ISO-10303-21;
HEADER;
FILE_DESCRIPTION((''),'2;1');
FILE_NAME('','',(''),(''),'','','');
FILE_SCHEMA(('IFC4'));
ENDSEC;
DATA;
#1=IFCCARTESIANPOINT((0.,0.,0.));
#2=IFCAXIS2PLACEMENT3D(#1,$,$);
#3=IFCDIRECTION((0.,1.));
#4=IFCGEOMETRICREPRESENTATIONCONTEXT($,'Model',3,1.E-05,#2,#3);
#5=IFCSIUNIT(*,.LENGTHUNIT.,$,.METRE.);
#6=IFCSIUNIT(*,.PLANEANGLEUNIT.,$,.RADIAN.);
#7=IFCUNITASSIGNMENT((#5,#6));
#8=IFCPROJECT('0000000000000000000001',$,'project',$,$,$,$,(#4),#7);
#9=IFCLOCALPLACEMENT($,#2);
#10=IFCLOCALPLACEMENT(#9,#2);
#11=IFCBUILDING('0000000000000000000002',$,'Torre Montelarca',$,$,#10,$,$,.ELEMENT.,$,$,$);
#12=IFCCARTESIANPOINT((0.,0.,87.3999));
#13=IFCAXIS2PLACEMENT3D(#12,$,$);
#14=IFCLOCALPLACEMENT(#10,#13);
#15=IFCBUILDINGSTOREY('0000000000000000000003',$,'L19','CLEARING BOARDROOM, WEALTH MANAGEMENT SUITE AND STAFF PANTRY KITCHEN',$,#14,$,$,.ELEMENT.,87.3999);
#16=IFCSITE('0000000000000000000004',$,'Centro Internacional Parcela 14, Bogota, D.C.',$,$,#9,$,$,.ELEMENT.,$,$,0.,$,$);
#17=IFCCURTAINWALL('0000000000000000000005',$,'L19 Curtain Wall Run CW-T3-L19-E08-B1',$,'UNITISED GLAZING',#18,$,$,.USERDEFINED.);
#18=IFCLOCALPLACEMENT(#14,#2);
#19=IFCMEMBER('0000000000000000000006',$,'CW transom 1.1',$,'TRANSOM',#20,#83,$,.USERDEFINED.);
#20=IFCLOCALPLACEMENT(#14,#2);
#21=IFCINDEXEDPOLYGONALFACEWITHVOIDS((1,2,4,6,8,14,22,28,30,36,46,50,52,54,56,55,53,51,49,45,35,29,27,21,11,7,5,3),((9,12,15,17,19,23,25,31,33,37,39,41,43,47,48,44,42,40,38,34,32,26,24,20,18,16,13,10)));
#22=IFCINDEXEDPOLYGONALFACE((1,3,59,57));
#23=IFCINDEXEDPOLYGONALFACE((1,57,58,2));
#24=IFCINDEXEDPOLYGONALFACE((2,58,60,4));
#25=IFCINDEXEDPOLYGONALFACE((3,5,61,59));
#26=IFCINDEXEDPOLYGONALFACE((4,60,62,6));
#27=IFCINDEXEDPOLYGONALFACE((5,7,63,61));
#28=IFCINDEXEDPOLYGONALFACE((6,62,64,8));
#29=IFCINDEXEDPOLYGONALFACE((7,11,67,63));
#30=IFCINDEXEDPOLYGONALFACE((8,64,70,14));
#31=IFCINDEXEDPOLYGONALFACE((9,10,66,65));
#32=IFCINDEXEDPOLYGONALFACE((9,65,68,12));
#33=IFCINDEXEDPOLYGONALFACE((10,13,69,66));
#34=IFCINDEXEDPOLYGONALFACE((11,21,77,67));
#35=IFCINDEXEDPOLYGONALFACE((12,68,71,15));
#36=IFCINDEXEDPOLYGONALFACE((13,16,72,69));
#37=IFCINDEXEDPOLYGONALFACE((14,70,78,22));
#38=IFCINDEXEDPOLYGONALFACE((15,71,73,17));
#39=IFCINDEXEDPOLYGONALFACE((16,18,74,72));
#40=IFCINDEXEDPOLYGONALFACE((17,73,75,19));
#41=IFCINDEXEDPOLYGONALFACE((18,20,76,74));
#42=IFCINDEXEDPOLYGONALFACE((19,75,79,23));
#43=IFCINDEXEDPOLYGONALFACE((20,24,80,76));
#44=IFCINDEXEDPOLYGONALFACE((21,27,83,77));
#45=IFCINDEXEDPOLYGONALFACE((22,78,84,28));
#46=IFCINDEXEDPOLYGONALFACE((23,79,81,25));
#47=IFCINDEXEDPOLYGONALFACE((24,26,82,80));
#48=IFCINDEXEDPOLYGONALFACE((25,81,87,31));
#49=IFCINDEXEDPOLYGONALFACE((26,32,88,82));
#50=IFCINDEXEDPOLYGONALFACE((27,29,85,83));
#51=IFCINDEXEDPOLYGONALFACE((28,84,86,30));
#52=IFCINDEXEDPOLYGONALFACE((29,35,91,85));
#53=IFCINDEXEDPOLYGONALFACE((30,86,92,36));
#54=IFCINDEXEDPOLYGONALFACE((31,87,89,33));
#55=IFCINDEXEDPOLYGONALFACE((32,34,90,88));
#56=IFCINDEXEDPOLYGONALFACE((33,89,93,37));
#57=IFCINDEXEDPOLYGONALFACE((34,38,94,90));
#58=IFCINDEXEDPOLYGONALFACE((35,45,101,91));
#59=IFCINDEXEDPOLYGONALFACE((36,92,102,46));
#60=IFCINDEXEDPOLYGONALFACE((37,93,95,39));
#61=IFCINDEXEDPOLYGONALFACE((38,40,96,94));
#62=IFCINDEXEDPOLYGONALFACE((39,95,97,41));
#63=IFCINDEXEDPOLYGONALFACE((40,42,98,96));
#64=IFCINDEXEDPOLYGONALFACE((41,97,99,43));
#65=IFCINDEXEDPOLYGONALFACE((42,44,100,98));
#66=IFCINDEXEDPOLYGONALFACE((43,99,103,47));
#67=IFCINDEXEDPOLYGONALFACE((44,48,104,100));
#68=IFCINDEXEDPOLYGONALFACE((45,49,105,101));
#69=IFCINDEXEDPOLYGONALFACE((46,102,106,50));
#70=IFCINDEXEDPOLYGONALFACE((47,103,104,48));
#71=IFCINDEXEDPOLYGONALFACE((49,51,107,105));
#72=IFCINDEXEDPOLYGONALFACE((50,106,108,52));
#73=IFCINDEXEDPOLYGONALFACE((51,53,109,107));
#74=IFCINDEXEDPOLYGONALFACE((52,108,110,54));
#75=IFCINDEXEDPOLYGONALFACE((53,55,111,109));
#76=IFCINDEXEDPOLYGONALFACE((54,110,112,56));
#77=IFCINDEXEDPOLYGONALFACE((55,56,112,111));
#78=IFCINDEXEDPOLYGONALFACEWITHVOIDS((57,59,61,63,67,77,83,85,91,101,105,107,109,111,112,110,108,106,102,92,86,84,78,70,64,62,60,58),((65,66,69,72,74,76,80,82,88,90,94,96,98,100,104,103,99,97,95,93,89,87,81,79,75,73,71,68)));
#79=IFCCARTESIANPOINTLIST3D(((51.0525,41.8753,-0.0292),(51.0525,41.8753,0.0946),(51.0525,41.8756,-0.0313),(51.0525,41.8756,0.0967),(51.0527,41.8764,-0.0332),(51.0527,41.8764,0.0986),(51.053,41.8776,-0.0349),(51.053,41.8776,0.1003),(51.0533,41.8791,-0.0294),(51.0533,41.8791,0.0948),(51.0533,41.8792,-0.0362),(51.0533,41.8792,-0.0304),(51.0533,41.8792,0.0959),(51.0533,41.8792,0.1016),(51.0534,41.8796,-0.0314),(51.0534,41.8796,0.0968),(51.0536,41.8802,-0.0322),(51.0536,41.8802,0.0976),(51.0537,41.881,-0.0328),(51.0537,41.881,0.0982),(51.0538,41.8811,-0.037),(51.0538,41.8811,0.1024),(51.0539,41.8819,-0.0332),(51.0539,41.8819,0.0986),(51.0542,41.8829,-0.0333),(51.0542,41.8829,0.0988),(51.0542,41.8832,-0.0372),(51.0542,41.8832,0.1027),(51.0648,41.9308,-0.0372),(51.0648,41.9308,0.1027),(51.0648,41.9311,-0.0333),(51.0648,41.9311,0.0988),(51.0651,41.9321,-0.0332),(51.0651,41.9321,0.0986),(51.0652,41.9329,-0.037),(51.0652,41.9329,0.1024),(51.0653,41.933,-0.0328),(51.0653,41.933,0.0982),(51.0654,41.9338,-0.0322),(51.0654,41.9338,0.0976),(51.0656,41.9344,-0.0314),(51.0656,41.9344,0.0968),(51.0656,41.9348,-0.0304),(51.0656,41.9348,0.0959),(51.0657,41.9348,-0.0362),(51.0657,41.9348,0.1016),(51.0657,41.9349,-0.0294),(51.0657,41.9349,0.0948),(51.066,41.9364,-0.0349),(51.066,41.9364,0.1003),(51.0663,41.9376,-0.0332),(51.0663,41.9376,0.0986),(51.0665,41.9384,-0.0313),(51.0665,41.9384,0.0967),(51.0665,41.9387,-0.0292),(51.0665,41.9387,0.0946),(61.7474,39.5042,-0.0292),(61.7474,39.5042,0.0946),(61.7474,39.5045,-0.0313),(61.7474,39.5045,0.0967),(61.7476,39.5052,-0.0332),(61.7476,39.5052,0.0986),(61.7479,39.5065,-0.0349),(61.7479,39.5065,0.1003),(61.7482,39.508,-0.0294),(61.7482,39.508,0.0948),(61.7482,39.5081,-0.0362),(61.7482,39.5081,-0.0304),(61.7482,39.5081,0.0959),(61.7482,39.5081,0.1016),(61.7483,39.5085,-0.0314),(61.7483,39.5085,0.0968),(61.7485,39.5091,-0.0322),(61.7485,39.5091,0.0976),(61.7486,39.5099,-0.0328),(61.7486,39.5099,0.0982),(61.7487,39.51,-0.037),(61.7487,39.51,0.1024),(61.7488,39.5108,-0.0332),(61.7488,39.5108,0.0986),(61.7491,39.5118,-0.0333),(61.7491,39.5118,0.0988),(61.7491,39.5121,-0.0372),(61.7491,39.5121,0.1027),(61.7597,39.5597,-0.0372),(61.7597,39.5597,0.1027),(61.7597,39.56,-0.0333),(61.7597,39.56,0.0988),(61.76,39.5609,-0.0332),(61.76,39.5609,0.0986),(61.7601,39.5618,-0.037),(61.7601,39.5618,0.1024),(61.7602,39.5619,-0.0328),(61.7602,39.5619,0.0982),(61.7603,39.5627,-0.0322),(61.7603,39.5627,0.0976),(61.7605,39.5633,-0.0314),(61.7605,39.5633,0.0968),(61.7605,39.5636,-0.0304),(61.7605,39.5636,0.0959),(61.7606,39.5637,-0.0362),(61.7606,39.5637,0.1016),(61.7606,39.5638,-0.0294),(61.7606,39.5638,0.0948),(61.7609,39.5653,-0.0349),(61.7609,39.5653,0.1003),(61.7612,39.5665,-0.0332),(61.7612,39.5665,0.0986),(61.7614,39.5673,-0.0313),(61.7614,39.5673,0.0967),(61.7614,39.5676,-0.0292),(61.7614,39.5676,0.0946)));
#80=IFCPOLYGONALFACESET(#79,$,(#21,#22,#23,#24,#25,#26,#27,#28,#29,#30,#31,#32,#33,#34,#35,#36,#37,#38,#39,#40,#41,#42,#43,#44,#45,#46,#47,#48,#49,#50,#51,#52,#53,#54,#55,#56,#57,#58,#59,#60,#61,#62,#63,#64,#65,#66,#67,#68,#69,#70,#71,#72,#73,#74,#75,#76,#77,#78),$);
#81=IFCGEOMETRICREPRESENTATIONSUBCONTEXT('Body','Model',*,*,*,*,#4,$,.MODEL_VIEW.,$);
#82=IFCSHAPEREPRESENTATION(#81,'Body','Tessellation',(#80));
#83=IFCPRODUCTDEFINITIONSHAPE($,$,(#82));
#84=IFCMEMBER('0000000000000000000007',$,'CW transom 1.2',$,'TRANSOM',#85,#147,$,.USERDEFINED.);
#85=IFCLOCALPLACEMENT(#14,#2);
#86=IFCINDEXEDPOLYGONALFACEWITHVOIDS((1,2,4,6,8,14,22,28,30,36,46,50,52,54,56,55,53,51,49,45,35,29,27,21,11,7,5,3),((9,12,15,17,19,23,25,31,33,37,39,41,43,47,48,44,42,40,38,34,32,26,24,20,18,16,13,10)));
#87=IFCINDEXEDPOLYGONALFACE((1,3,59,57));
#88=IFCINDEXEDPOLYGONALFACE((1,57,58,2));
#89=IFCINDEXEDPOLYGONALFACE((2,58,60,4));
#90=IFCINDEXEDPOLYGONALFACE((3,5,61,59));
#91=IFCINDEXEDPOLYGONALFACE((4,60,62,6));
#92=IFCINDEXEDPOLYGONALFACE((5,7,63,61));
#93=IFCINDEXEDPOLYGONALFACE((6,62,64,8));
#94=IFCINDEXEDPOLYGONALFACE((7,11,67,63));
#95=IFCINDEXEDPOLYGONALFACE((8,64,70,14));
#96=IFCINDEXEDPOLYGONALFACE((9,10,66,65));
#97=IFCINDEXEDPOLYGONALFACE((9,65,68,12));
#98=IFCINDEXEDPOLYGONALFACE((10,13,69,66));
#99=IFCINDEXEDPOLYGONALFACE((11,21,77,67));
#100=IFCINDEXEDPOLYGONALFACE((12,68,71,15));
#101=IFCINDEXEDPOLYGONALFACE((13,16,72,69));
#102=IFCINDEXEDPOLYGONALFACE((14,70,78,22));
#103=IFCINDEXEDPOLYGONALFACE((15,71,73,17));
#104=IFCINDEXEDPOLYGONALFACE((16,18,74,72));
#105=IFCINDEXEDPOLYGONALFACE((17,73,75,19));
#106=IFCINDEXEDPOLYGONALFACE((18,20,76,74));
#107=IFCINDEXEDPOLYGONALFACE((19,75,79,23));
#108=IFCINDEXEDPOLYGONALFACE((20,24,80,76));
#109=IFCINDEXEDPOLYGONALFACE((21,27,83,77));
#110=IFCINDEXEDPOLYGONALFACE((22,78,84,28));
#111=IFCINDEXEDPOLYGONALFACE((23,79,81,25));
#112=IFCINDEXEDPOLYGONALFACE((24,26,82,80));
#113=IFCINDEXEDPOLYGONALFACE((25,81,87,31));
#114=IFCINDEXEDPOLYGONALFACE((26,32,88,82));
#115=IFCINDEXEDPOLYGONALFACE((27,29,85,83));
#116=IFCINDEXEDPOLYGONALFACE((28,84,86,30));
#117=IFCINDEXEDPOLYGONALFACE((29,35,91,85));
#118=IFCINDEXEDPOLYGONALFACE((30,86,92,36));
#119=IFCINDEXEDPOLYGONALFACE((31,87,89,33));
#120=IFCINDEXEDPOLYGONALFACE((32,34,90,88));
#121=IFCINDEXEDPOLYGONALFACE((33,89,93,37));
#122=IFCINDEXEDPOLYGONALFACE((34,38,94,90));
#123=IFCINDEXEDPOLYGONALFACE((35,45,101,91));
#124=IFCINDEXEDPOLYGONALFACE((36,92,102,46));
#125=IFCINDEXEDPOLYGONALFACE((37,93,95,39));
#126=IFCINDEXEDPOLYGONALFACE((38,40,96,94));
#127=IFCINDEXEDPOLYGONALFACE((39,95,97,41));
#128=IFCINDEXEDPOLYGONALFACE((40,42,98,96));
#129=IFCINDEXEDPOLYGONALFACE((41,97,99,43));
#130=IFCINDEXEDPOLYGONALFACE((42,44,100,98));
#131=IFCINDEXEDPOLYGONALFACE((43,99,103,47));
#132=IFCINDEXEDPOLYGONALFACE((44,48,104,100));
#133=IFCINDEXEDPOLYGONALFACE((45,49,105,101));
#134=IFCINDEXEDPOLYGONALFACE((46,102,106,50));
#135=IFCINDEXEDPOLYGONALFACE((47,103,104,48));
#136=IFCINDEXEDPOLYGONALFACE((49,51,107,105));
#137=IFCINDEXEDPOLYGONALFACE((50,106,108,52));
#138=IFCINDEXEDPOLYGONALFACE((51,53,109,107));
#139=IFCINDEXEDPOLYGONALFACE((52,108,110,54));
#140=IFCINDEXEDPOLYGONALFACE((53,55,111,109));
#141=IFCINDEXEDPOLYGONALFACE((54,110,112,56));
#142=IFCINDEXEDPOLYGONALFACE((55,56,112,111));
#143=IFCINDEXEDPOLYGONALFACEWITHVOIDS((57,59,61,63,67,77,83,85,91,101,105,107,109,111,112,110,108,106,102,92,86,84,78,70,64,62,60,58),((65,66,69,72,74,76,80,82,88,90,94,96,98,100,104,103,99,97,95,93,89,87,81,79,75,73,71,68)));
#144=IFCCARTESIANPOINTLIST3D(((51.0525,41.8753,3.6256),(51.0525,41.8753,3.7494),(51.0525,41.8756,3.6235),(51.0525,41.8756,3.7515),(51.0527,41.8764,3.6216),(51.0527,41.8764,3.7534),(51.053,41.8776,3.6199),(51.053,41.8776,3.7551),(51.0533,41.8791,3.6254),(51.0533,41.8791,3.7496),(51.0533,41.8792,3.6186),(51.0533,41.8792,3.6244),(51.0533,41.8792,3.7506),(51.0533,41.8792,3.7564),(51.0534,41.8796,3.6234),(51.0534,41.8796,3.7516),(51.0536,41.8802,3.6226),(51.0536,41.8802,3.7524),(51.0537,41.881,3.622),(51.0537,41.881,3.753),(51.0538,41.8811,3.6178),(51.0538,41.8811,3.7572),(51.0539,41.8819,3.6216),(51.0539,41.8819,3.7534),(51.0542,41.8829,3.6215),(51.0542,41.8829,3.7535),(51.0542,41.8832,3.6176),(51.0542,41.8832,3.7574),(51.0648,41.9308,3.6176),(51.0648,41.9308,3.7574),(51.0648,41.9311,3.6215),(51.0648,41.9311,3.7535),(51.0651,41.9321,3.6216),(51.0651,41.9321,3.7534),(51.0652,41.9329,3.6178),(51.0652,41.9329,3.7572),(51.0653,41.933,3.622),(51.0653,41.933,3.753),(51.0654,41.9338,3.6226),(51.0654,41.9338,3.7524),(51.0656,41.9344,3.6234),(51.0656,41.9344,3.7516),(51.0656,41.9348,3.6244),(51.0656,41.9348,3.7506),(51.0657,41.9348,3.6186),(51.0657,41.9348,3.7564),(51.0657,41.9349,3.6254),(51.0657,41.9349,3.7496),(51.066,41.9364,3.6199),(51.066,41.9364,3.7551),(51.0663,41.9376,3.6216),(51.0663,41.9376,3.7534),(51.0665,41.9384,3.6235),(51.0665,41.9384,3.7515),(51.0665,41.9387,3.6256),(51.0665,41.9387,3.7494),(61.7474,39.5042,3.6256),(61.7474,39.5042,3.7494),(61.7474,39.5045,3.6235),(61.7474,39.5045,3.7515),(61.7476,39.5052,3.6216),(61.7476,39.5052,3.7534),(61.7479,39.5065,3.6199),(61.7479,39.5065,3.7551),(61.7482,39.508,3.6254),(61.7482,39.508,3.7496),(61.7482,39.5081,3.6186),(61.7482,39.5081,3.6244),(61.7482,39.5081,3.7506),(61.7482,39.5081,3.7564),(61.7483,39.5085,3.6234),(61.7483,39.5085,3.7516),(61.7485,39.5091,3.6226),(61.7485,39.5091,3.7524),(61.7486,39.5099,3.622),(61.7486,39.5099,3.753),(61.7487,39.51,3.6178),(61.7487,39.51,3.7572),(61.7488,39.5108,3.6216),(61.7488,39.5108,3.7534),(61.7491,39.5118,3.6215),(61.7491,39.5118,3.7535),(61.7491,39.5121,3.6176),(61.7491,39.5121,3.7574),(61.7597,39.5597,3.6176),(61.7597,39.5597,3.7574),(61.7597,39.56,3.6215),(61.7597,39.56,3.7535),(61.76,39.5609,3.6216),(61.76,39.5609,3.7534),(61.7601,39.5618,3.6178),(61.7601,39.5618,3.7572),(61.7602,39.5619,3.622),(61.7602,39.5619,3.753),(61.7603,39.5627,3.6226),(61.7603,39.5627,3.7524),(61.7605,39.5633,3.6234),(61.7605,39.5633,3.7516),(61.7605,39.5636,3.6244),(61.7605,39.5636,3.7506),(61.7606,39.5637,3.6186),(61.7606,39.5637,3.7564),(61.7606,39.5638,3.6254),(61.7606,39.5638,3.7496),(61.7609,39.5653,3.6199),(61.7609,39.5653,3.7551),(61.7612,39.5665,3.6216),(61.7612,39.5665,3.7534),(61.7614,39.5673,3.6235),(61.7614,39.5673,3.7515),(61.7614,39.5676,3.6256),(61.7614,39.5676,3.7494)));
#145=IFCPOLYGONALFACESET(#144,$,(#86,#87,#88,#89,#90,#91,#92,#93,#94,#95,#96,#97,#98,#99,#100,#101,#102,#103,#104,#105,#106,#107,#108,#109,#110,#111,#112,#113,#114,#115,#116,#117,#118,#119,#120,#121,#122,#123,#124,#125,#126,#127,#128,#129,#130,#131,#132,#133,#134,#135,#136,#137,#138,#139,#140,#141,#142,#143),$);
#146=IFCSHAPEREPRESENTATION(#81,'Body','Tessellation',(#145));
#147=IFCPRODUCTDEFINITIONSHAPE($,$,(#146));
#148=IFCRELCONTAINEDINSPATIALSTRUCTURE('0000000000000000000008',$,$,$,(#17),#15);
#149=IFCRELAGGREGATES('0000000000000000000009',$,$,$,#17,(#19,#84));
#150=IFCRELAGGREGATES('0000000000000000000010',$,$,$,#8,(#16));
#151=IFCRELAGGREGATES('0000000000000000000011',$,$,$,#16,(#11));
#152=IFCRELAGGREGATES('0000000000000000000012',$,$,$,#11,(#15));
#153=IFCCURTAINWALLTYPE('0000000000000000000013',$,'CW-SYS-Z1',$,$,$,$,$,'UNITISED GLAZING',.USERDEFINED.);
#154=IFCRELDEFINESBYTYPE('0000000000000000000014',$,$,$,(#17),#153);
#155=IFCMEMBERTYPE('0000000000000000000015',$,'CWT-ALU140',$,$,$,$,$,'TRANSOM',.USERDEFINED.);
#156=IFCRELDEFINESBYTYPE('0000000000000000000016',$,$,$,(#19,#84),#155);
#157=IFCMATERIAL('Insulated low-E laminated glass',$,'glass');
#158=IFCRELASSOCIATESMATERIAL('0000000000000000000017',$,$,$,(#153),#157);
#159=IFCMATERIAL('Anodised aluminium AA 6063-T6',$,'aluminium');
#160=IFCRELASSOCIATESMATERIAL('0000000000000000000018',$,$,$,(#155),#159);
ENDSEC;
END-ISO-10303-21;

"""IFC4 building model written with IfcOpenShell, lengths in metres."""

from ifc_helpers import new_model, si_unit, direction, frame, origin, origin_2d, place, context, subcontext, project, spatial, hollow_rectangle, extrude, source, transform, mapped, material, material_profile, profile_set, type_object, element, aggregate, save


model = new_model("IFC4")

# Units and contexts
model_context = context("Model", 3, precision=1e-05, world=origin(), true_north=direction((0.0, 1.0)))
body_context = subcontext(model_context, "Body", "Model", "MODEL_VIEW")
ifc_project = project(units=[si_unit("LENGTHUNIT", "METRE"), si_unit("PLANEANGLEUNIT", "RADIAN")], contexts=[model_context])

# Site, building, storey
site_placement = place(None, origin())
site = spatial("IfcSite", under=ifc_project, at=site_placement, Name="Centro Internacional Parcela 14, Bogota, D.C.", CompositionType="ELEMENT", RefElevation=0.0)
building_placement = place(site_placement, origin())
building = spatial("IfcBuilding", under=site, at=building_placement, Name="Torre Montelarca", CompositionType="ELEMENT")
storey_placement = place(building_placement, frame((0.0, 0.0, 87.3999)))
storey = spatial("IfcBuildingStorey", under=building, at=storey_placement, Name="L19", Description="CLEARING BOARDROOM, WEALTH MANAGEMENT SUITE AND STAFF PANTRY KITCHEN", CompositionType="ELEMENT", Elevation=87.3999)

# Curtain wall, members
ifc_material_1 = material(Name="Insulated low-E laminated glass", Category="glass")
curtain_wall_type = type_object("IfcCurtainWallType", Name="CW-SYS-Z1", ElementType="UNITISED GLAZING", PredefinedType="USERDEFINED", material=ifc_material_1)
ifc_material_2 = material(Name="Anodised aluminium AA 6063-T6", Category="aluminium")
ifc_material_profile_1 = material_profile(ifc_material_2, hollow_rectangle(XDim=0.0649, YDim=0.1399, WallThickness=0.0039, InnerFilletRadius=0.0039, OuterFilletRadius=0.0081, at=origin_2d()), Name="ALU65X140X4", Category="aluminium")
ifc_profile_set_1 = profile_set([ifc_material_profile_1], Name="Anodised aluminium AA 6063-T6")
member_type_1 = type_object("IfcMemberType", Name="CWT-ALU140", ElementType="TRANSOM", PredefinedType="USERDEFINED", material=ifc_profile_set_1)
curtain_wall_1_placement = place(storey_placement, origin())
curtain_wall_1 = element("IfcCurtainWall", 1, at=curtain_wall_1_placement, inside=storey, type_object=curtain_wall_type, Name="L19 Curtain Wall Run CW-T3-L19-E08-B1", ObjectType="UNITISED GLAZING", PredefinedType="USERDEFINED")
shared_shape_1 = source(origin(), body_context, "Body", "SweptSolid", [
    extrude(hollow_rectangle(XDim=0.0649, YDim=0.1399, WallThickness=0.0039, InnerFilletRadius=0.0039, OuterFilletRadius=0.0081, at=origin_2d()), origin(), (0.0, 0.0, 1.0), 10.9546),
])
member_1_placement = place(storey_placement, frame((61.7544, 39.5359, 0.0327), z_axis=(-0.976294, 0.216449, 0.0), x_axis=(-0.216449, -0.976294, 0.0)))
member_1 = element("IfcMember", 2, at=member_1_placement, type_object=member_type_1, Name="CW transom 1.1", ObjectType="TRANSOM", PredefinedType="USERDEFINED", context=body_context, shape_type="MappedRepresentation", body=[
    mapped(shared_shape_1, transform((0.0, 0.0, 0.0), scale=1.0)),
])
member_2_placement = place(storey_placement, frame((61.7544, 39.5359, 3.6875), z_axis=(-0.976294, 0.216449, 0.0), x_axis=(-0.216449, -0.976294, 0.0)))
member_2 = element("IfcMember", 3, at=member_2_placement, type_object=member_type_1, Name="CW transom 1.2", ObjectType="TRANSOM", PredefinedType="USERDEFINED", context=body_context, shape_type="MappedRepresentation", body=[
    mapped(shared_shape_1, transform((0.0, 0.0, 0.0), scale=1.0)),
])

aggregate(curtain_wall_1, [member_1, member_2])

save(model, "model.ifc")
